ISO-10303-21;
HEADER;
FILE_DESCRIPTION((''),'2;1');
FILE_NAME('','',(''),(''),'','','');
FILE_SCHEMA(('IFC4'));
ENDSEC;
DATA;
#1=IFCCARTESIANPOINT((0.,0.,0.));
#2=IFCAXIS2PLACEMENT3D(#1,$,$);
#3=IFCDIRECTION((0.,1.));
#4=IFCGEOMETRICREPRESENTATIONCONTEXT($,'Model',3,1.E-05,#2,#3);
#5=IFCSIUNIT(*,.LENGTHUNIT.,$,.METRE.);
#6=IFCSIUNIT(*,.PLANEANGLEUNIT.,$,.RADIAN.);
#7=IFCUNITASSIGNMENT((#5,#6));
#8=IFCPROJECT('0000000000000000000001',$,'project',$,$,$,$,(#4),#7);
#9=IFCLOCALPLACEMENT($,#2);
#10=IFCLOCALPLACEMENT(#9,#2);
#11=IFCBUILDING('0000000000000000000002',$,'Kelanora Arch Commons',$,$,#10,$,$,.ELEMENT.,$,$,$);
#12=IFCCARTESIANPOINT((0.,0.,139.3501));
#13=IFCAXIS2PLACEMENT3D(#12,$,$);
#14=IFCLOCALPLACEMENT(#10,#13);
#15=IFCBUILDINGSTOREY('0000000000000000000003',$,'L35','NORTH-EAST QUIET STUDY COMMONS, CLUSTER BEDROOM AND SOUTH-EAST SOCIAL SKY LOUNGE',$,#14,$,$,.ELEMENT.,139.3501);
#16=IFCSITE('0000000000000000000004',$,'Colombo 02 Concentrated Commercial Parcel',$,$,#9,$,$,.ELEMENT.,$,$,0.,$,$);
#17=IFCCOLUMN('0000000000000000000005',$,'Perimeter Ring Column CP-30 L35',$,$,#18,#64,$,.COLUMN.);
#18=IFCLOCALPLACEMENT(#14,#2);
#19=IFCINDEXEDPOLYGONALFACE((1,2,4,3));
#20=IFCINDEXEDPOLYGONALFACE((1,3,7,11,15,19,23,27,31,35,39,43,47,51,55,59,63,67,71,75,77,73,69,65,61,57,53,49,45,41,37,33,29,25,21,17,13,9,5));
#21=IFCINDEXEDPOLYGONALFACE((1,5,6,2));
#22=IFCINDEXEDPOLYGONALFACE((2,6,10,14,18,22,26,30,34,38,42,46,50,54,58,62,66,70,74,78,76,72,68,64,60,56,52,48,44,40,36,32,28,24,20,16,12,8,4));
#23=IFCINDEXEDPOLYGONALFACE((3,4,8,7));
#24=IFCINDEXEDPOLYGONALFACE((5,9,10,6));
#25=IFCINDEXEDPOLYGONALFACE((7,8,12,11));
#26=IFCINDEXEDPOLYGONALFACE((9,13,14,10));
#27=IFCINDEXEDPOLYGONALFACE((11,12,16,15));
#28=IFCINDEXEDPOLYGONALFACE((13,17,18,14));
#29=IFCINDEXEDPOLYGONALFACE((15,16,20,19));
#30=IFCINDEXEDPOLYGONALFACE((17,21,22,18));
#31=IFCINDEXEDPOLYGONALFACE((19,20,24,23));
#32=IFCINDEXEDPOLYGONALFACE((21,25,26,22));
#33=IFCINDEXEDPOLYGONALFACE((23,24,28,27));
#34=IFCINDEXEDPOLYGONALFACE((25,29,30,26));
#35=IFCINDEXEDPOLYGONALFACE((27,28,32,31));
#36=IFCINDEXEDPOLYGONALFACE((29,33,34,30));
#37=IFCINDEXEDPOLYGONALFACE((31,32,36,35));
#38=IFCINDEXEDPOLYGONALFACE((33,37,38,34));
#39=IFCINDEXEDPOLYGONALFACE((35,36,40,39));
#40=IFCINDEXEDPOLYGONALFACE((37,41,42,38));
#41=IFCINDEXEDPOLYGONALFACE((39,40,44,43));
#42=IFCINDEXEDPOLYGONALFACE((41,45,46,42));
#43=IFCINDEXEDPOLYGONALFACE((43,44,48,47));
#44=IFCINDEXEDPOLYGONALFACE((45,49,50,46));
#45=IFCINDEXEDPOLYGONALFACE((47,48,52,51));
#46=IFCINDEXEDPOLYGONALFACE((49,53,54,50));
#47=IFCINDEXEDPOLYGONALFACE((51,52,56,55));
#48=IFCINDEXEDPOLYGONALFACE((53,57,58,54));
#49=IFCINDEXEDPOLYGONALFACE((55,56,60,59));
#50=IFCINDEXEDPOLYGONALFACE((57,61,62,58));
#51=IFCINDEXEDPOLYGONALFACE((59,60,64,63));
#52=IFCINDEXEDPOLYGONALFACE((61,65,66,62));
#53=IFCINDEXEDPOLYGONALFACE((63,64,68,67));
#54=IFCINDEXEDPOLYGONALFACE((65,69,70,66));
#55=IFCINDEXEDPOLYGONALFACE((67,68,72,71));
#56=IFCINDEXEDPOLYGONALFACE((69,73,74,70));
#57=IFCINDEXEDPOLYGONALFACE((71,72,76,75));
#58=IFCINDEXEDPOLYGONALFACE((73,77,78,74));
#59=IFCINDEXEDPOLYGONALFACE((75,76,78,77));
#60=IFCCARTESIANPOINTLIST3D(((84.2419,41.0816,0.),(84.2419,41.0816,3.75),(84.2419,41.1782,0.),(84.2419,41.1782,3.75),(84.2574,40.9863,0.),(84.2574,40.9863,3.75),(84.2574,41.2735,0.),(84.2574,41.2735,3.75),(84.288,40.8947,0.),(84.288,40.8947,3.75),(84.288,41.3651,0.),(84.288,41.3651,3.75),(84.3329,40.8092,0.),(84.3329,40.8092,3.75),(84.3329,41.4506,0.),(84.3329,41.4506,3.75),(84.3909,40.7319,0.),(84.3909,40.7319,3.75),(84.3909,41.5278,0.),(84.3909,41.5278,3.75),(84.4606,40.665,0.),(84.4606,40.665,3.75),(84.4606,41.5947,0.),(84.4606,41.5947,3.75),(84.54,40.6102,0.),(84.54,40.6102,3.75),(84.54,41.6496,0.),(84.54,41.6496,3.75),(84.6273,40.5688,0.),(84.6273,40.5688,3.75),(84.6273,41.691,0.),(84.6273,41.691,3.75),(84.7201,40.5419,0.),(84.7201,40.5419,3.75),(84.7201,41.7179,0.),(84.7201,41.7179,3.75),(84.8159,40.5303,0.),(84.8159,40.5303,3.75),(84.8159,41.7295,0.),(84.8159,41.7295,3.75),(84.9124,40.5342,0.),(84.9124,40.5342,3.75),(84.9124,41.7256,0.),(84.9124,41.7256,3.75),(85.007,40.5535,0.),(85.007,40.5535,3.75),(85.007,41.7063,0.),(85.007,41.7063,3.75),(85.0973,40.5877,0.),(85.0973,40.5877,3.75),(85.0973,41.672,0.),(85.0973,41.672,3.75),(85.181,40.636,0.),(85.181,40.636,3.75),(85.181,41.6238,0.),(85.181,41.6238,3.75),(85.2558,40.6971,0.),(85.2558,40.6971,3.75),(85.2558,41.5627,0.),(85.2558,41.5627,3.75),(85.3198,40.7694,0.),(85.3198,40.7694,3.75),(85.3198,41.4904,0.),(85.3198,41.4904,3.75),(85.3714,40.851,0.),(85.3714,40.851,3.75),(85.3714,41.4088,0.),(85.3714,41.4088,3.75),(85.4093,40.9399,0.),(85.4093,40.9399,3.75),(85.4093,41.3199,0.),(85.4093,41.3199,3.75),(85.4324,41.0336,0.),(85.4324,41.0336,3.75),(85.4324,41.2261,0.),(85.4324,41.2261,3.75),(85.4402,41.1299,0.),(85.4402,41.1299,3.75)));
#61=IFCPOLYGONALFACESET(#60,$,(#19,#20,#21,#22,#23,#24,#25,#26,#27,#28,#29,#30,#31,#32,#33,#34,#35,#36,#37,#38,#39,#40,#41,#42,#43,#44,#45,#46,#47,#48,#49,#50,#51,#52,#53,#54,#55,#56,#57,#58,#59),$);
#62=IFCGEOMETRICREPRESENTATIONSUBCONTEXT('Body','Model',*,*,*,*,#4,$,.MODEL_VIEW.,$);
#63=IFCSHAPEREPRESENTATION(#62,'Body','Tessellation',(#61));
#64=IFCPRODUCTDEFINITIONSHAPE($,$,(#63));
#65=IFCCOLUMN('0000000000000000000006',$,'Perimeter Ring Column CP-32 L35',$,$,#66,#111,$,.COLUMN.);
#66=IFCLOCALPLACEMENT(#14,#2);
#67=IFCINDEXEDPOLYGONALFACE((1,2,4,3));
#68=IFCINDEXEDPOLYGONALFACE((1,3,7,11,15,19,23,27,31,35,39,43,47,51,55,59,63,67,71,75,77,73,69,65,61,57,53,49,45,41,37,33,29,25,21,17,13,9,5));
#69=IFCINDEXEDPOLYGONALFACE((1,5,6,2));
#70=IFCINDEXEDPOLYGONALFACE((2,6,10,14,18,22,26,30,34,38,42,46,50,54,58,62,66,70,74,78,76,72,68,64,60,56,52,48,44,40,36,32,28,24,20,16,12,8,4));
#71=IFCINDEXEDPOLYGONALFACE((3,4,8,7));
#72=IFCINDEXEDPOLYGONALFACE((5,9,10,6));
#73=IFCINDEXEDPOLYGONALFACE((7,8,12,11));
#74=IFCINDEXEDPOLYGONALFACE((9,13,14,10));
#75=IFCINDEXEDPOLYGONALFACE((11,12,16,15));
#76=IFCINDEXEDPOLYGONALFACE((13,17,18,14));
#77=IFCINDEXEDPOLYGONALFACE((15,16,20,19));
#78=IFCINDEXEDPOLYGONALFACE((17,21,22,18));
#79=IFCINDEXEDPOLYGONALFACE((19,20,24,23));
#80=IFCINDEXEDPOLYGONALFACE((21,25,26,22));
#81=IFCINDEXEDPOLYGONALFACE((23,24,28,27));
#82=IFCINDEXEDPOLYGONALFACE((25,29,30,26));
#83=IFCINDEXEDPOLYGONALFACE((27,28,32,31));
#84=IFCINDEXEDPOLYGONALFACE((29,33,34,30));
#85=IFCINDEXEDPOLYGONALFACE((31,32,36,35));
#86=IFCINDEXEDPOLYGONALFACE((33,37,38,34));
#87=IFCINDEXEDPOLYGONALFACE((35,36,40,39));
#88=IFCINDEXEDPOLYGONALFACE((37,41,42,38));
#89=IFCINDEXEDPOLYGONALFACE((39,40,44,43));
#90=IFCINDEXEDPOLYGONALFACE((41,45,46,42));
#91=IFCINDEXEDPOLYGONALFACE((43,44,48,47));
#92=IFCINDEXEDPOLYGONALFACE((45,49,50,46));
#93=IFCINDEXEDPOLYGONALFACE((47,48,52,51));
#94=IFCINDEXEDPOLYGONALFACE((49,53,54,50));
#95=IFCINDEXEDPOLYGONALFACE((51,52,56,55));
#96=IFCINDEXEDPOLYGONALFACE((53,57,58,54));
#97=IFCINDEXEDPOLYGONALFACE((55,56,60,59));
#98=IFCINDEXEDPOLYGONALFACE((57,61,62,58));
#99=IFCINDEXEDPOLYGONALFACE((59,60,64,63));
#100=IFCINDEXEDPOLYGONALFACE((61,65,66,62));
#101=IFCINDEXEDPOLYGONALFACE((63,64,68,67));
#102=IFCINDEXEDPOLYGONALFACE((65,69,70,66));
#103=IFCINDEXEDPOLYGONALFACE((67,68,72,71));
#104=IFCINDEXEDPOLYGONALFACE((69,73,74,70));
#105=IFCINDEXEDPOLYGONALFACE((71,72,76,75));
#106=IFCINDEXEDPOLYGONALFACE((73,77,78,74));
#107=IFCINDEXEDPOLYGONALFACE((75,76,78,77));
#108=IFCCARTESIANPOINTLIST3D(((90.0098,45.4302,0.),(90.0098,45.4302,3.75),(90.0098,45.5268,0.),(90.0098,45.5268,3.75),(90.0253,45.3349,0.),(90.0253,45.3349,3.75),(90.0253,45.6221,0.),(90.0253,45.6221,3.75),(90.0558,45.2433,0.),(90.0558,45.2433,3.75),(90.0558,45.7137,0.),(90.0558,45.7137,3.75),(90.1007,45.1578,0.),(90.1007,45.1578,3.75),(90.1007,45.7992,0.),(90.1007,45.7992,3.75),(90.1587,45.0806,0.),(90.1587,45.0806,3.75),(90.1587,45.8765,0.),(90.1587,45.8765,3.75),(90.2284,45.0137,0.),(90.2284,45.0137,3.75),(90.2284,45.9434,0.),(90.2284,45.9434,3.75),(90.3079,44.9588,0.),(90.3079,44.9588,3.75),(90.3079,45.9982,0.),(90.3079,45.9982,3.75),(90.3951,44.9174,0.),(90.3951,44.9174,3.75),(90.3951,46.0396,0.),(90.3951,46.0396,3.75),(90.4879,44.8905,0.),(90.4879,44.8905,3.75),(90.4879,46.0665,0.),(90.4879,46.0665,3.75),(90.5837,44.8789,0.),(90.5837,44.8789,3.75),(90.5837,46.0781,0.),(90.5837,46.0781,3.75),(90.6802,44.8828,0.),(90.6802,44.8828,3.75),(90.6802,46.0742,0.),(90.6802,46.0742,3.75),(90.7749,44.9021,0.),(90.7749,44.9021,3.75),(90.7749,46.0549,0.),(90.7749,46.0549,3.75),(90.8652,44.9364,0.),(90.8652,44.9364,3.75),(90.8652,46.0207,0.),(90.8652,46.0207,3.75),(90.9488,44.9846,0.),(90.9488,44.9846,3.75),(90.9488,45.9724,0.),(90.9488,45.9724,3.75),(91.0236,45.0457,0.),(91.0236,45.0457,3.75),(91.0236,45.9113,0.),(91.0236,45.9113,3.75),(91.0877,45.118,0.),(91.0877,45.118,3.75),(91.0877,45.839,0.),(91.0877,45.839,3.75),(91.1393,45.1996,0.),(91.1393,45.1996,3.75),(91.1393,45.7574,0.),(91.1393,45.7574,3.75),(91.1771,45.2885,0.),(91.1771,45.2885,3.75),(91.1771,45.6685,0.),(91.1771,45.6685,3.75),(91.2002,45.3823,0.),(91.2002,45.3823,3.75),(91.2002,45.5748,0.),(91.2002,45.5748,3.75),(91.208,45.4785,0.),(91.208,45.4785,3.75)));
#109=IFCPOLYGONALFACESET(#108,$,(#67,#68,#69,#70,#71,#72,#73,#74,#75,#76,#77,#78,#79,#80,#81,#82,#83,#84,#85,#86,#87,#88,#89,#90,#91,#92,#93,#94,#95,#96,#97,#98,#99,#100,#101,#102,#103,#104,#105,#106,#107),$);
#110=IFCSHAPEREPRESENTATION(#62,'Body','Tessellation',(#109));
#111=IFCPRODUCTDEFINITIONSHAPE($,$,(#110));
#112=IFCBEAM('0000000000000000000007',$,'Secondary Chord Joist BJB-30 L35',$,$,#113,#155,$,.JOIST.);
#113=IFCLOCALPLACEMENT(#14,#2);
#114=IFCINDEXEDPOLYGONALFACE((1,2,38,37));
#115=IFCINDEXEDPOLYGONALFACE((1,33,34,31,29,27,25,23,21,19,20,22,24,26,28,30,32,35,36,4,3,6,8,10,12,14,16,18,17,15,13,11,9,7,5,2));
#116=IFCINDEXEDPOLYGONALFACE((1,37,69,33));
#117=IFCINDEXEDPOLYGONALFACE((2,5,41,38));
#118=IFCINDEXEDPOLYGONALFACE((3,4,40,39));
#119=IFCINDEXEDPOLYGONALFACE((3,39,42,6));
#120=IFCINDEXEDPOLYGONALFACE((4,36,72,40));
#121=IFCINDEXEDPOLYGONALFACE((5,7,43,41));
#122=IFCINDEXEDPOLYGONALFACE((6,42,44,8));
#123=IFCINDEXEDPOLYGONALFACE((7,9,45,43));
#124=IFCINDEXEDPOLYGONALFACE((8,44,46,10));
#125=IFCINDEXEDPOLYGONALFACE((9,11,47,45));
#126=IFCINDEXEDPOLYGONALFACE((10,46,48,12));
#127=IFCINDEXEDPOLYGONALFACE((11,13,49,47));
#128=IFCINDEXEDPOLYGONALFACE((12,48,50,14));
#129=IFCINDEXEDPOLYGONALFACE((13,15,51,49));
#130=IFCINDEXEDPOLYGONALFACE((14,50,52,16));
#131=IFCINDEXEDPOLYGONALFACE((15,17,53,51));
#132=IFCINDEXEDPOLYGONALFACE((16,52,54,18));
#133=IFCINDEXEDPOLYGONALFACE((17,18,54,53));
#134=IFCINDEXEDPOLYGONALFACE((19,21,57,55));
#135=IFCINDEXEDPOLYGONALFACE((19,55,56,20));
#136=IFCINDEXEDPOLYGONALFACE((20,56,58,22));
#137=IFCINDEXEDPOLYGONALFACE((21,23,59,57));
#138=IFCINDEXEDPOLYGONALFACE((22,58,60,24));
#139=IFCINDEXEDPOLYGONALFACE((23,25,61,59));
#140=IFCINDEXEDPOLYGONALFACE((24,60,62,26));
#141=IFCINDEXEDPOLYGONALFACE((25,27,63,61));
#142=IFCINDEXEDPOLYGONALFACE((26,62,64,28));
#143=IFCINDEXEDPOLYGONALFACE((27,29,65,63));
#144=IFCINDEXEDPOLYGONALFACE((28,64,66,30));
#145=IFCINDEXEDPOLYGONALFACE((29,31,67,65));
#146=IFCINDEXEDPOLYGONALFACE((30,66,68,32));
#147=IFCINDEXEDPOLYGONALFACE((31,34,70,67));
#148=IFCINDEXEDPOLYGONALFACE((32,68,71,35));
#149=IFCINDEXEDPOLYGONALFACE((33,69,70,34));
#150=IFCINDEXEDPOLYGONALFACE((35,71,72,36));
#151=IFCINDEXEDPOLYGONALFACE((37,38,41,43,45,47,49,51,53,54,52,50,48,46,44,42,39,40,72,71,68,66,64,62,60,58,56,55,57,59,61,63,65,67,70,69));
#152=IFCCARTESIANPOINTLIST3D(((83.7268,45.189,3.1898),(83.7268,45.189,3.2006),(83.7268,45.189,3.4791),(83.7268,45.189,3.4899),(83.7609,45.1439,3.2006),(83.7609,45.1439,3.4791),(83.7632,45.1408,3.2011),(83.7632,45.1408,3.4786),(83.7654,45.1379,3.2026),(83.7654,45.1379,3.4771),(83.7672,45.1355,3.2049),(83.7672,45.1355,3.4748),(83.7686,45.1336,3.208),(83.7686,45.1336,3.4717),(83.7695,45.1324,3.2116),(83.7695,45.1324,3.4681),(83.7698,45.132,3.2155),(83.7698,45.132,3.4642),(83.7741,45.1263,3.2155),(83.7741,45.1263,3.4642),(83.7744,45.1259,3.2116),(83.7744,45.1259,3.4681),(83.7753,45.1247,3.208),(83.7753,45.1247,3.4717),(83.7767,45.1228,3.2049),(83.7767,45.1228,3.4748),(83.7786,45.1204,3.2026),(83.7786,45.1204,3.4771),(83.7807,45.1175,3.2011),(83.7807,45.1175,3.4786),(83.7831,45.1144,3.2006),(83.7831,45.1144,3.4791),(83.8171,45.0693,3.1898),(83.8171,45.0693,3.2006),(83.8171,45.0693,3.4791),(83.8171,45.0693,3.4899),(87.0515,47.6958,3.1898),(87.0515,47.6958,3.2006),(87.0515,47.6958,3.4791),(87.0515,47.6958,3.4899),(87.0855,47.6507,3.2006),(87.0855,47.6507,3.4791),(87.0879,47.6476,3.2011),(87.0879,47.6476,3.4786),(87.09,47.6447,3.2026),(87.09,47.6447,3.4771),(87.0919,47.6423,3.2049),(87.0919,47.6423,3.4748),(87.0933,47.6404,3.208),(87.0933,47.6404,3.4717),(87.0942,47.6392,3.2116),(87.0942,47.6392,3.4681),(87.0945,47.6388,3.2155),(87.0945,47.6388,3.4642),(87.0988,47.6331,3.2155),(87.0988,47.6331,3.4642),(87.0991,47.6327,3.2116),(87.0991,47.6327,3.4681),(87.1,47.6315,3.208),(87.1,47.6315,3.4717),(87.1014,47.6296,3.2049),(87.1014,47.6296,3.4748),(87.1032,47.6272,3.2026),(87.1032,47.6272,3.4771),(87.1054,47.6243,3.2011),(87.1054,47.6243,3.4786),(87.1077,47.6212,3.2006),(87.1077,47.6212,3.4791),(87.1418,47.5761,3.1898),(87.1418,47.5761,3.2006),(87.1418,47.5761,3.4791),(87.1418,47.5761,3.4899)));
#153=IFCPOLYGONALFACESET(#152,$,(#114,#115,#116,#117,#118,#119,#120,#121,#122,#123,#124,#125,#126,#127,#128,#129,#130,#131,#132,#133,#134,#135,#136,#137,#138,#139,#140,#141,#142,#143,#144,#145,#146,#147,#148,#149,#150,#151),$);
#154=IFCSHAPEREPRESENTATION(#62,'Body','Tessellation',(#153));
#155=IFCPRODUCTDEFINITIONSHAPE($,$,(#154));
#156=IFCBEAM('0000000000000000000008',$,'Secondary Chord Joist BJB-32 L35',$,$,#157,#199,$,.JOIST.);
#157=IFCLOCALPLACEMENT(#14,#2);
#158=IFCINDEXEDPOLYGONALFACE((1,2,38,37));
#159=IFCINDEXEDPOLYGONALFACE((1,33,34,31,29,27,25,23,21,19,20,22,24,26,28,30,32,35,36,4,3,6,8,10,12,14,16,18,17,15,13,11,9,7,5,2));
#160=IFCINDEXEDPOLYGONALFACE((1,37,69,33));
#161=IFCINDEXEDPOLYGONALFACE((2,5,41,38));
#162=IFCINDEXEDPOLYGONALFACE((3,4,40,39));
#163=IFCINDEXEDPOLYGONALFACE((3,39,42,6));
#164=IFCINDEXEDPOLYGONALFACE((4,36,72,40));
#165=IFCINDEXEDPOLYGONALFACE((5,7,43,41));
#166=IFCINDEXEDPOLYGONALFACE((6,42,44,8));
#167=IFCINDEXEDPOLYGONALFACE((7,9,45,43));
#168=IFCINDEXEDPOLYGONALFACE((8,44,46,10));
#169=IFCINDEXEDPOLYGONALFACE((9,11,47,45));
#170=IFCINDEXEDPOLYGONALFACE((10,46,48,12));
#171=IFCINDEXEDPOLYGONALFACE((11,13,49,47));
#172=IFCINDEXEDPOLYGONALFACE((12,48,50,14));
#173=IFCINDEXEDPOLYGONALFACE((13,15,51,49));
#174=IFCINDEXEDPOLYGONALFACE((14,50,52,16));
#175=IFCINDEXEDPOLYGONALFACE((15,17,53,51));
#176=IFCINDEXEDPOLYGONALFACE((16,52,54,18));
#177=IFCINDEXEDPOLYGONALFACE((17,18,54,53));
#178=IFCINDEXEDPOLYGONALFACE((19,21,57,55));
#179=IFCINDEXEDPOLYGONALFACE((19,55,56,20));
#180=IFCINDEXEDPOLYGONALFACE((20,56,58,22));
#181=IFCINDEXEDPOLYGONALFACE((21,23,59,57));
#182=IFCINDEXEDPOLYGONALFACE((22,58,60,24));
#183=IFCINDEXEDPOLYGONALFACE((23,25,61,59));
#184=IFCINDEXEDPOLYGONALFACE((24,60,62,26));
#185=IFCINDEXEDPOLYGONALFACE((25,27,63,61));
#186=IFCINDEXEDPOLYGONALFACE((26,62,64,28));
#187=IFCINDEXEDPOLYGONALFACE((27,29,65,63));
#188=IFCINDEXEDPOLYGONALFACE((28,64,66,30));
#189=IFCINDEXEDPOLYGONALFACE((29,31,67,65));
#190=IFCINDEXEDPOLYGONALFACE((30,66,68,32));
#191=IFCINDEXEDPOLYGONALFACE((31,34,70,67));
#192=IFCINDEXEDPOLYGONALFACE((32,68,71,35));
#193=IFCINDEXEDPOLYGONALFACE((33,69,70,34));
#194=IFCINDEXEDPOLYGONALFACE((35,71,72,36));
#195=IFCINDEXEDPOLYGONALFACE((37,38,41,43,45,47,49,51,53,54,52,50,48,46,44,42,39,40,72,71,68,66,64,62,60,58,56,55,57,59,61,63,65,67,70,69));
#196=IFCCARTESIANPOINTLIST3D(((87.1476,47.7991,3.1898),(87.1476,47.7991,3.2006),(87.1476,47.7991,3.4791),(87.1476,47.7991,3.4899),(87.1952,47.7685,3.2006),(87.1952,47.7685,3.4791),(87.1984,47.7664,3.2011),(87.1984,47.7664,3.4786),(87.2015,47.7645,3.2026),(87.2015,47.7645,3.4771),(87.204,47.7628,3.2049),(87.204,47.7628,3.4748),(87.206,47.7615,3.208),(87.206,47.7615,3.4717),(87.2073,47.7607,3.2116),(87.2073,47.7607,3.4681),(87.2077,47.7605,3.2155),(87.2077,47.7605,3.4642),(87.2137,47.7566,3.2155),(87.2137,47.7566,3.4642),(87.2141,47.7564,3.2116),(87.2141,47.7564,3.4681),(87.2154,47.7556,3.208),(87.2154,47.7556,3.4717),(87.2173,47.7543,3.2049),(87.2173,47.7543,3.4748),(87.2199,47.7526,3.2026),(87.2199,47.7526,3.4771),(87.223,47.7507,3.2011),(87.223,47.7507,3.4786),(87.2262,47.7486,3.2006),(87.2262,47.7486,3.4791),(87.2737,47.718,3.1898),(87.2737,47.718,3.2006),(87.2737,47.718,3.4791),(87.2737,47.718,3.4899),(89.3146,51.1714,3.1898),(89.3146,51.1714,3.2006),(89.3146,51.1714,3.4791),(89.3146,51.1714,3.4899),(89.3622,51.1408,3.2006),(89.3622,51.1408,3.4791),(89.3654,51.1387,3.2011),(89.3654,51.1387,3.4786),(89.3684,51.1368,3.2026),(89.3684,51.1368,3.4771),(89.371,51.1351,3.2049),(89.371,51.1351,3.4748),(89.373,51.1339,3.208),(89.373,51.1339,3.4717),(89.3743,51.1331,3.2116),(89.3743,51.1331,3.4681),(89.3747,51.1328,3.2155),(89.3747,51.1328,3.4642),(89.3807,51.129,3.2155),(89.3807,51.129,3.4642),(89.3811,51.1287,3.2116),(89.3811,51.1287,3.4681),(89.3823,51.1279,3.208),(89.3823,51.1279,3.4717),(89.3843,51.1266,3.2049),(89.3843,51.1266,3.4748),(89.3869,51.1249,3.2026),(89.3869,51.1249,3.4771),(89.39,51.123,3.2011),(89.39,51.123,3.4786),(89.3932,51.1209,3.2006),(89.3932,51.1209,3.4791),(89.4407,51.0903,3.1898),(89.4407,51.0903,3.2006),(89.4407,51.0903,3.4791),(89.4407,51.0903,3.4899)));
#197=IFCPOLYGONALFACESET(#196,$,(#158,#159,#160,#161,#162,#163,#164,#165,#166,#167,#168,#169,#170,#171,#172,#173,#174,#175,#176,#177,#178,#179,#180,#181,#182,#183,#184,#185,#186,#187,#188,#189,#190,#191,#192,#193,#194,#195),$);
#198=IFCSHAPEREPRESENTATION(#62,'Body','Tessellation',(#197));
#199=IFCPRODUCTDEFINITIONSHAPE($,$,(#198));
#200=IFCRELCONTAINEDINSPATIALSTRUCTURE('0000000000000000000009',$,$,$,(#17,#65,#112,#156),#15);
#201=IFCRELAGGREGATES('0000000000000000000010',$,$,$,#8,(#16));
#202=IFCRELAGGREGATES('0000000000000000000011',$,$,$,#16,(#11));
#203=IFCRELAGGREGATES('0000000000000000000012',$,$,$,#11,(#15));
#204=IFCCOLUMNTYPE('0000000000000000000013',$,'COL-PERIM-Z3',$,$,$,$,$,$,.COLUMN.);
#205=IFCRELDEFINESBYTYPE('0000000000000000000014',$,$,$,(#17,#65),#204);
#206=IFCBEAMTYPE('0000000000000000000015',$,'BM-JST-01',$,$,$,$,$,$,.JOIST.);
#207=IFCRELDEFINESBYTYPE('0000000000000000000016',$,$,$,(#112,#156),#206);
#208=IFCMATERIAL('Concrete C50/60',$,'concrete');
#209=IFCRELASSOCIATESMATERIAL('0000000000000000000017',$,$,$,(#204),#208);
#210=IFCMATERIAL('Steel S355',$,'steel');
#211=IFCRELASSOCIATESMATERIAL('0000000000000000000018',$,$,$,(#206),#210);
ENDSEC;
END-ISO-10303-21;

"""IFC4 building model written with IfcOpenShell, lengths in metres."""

from ifc_helpers import new_model, si_unit, direction, frame, origin, origin_2d, place, context, subcontext, project, spatial, circle, i_section, extrude, material, material_profile, profile_set, type_object, element, save


model = new_model("IFC4")

# Units and contexts
model_context = context("Model", 3, precision=1e-05, world=origin(), true_north=direction((0.0, 1.0)))
body_context = subcontext(model_context, "Body", "Model", "MODEL_VIEW")
ifc_project = project(units=[si_unit("LENGTHUNIT", "METRE"), si_unit("PLANEANGLEUNIT", "RADIAN")], contexts=[model_context])

# Site, building, storey
site_placement = place(None, origin())
site = spatial("IfcSite", under=ifc_project, at=site_placement, Name="Colombo 02 Concentrated Commercial Parcel", CompositionType="ELEMENT", RefElevation=0.0)
building_placement = place(site_placement, origin())
building = spatial("IfcBuilding", under=site, at=building_placement, Name="Kelanora Arch Commons", CompositionType="ELEMENT")
storey_placement = place(building_placement, frame((0.0, 0.0, 139.3501)))
storey = spatial("IfcBuildingStorey", under=building, at=storey_placement, Name="L35", Description="NORTH-EAST QUIET STUDY COMMONS, CLUSTER BEDROOM AND SOUTH-EAST SOCIAL SKY LOUNGE", CompositionType="ELEMENT", Elevation=139.3501)

# Columns
ifc_material_1 = material(Name="Concrete C50/60", Category="concrete")
ifc_material_profile_1 = material_profile(ifc_material_1, circle(Radius=0.6001, at=origin_2d()), Name="RCC1200")
ifc_profile_set_1 = profile_set([ifc_material_profile_1], Name="Concrete C50/60")
column_type = type_object("IfcColumnType", Name="COL-PERIM-Z3", PredefinedType="COLUMN", material=ifc_profile_set_1)
for number, where, z_axis, x_axis, name in (
    (1, (84.8401, 41.1299, 0.0), (0.0, 0.0, 1.0), (1.0, 0.0, 0.0), "Perimeter Ring Column CP-30 L35"),
    (2, (90.6079, 45.4785, 0.0), (0.0, 0.0, 1.0), (1.0, 0.0, 0.0), "Perimeter Ring Column CP-32 L35"),
):
    element("IfcColumn", number, at=place(storey_placement, frame(where, z_axis=z_axis, x_axis=x_axis)), inside=storey, type_object=column_type, Name=name, PredefinedType="COLUMN", context=body_context, shape_type="SweptSolid", body=[
        extrude(circle(Radius=0.6001, at=origin_2d()), origin(), (0.0, 0.0, 1.0), 3.75),
    ])

# Beams
ifc_material_2 = material(Name="Steel S355", Category="steel")
ifc_material_profile_2 = material_profile(ifc_material_2, i_section(OverallWidth=0.1499, OverallDepth=0.3, WebThickness=0.0071, FlangeThickness=0.0107, FilletRadius=0.0149, at=origin_2d()), Name="IPE300")
ifc_profile_set_2 = profile_set([ifc_material_profile_2], Name="Steel S355")
beam_type_1 = type_object("IfcBeamType", Name="BM-JST-01", PredefinedType="JOIST", material=ifc_profile_set_2)
beam_1_placement = place(storey_placement, frame((83.772, 45.1292, 3.3398), z_axis=(0.798464, 0.602043, 0.0), x_axis=(-0.602043, 0.798464, 0.0)))
element("IfcBeam", 3, at=beam_1_placement, inside=storey, type_object=beam_type_1, Name="Secondary Chord Joist BJB-30 L35", PredefinedType="JOIST", context=body_context, shape_type="SweptSolid", body=[
    extrude(i_section(OverallWidth=0.1499, OverallDepth=0.3, WebThickness=0.0071, FlangeThickness=0.0107, FilletRadius=0.0149, at=origin_2d()), origin(), (0.0, 0.0, 1.0), 4.1638),
])
beam_2_placement = place(storey_placement, frame((87.2107, 47.7585, 3.3398), z_axis=(0.540594, 0.841283, 0.0), x_axis=(-0.841283, 0.540594, 0.0)))
element("IfcBeam", 4, at=beam_2_placement, inside=storey, type_object=beam_type_1, Name="Secondary Chord Joist BJB-32 L35", PredefinedType="JOIST", context=body_context, shape_type="SweptSolid", body=[
    extrude(i_section(OverallWidth=0.1499, OverallDepth=0.3, WebThickness=0.0071, FlangeThickness=0.0107, FilletRadius=0.0149, at=origin_2d()), origin(), (0.0, 0.0, 1.0), 4.0085),
])

save(model, "model.ifc")
